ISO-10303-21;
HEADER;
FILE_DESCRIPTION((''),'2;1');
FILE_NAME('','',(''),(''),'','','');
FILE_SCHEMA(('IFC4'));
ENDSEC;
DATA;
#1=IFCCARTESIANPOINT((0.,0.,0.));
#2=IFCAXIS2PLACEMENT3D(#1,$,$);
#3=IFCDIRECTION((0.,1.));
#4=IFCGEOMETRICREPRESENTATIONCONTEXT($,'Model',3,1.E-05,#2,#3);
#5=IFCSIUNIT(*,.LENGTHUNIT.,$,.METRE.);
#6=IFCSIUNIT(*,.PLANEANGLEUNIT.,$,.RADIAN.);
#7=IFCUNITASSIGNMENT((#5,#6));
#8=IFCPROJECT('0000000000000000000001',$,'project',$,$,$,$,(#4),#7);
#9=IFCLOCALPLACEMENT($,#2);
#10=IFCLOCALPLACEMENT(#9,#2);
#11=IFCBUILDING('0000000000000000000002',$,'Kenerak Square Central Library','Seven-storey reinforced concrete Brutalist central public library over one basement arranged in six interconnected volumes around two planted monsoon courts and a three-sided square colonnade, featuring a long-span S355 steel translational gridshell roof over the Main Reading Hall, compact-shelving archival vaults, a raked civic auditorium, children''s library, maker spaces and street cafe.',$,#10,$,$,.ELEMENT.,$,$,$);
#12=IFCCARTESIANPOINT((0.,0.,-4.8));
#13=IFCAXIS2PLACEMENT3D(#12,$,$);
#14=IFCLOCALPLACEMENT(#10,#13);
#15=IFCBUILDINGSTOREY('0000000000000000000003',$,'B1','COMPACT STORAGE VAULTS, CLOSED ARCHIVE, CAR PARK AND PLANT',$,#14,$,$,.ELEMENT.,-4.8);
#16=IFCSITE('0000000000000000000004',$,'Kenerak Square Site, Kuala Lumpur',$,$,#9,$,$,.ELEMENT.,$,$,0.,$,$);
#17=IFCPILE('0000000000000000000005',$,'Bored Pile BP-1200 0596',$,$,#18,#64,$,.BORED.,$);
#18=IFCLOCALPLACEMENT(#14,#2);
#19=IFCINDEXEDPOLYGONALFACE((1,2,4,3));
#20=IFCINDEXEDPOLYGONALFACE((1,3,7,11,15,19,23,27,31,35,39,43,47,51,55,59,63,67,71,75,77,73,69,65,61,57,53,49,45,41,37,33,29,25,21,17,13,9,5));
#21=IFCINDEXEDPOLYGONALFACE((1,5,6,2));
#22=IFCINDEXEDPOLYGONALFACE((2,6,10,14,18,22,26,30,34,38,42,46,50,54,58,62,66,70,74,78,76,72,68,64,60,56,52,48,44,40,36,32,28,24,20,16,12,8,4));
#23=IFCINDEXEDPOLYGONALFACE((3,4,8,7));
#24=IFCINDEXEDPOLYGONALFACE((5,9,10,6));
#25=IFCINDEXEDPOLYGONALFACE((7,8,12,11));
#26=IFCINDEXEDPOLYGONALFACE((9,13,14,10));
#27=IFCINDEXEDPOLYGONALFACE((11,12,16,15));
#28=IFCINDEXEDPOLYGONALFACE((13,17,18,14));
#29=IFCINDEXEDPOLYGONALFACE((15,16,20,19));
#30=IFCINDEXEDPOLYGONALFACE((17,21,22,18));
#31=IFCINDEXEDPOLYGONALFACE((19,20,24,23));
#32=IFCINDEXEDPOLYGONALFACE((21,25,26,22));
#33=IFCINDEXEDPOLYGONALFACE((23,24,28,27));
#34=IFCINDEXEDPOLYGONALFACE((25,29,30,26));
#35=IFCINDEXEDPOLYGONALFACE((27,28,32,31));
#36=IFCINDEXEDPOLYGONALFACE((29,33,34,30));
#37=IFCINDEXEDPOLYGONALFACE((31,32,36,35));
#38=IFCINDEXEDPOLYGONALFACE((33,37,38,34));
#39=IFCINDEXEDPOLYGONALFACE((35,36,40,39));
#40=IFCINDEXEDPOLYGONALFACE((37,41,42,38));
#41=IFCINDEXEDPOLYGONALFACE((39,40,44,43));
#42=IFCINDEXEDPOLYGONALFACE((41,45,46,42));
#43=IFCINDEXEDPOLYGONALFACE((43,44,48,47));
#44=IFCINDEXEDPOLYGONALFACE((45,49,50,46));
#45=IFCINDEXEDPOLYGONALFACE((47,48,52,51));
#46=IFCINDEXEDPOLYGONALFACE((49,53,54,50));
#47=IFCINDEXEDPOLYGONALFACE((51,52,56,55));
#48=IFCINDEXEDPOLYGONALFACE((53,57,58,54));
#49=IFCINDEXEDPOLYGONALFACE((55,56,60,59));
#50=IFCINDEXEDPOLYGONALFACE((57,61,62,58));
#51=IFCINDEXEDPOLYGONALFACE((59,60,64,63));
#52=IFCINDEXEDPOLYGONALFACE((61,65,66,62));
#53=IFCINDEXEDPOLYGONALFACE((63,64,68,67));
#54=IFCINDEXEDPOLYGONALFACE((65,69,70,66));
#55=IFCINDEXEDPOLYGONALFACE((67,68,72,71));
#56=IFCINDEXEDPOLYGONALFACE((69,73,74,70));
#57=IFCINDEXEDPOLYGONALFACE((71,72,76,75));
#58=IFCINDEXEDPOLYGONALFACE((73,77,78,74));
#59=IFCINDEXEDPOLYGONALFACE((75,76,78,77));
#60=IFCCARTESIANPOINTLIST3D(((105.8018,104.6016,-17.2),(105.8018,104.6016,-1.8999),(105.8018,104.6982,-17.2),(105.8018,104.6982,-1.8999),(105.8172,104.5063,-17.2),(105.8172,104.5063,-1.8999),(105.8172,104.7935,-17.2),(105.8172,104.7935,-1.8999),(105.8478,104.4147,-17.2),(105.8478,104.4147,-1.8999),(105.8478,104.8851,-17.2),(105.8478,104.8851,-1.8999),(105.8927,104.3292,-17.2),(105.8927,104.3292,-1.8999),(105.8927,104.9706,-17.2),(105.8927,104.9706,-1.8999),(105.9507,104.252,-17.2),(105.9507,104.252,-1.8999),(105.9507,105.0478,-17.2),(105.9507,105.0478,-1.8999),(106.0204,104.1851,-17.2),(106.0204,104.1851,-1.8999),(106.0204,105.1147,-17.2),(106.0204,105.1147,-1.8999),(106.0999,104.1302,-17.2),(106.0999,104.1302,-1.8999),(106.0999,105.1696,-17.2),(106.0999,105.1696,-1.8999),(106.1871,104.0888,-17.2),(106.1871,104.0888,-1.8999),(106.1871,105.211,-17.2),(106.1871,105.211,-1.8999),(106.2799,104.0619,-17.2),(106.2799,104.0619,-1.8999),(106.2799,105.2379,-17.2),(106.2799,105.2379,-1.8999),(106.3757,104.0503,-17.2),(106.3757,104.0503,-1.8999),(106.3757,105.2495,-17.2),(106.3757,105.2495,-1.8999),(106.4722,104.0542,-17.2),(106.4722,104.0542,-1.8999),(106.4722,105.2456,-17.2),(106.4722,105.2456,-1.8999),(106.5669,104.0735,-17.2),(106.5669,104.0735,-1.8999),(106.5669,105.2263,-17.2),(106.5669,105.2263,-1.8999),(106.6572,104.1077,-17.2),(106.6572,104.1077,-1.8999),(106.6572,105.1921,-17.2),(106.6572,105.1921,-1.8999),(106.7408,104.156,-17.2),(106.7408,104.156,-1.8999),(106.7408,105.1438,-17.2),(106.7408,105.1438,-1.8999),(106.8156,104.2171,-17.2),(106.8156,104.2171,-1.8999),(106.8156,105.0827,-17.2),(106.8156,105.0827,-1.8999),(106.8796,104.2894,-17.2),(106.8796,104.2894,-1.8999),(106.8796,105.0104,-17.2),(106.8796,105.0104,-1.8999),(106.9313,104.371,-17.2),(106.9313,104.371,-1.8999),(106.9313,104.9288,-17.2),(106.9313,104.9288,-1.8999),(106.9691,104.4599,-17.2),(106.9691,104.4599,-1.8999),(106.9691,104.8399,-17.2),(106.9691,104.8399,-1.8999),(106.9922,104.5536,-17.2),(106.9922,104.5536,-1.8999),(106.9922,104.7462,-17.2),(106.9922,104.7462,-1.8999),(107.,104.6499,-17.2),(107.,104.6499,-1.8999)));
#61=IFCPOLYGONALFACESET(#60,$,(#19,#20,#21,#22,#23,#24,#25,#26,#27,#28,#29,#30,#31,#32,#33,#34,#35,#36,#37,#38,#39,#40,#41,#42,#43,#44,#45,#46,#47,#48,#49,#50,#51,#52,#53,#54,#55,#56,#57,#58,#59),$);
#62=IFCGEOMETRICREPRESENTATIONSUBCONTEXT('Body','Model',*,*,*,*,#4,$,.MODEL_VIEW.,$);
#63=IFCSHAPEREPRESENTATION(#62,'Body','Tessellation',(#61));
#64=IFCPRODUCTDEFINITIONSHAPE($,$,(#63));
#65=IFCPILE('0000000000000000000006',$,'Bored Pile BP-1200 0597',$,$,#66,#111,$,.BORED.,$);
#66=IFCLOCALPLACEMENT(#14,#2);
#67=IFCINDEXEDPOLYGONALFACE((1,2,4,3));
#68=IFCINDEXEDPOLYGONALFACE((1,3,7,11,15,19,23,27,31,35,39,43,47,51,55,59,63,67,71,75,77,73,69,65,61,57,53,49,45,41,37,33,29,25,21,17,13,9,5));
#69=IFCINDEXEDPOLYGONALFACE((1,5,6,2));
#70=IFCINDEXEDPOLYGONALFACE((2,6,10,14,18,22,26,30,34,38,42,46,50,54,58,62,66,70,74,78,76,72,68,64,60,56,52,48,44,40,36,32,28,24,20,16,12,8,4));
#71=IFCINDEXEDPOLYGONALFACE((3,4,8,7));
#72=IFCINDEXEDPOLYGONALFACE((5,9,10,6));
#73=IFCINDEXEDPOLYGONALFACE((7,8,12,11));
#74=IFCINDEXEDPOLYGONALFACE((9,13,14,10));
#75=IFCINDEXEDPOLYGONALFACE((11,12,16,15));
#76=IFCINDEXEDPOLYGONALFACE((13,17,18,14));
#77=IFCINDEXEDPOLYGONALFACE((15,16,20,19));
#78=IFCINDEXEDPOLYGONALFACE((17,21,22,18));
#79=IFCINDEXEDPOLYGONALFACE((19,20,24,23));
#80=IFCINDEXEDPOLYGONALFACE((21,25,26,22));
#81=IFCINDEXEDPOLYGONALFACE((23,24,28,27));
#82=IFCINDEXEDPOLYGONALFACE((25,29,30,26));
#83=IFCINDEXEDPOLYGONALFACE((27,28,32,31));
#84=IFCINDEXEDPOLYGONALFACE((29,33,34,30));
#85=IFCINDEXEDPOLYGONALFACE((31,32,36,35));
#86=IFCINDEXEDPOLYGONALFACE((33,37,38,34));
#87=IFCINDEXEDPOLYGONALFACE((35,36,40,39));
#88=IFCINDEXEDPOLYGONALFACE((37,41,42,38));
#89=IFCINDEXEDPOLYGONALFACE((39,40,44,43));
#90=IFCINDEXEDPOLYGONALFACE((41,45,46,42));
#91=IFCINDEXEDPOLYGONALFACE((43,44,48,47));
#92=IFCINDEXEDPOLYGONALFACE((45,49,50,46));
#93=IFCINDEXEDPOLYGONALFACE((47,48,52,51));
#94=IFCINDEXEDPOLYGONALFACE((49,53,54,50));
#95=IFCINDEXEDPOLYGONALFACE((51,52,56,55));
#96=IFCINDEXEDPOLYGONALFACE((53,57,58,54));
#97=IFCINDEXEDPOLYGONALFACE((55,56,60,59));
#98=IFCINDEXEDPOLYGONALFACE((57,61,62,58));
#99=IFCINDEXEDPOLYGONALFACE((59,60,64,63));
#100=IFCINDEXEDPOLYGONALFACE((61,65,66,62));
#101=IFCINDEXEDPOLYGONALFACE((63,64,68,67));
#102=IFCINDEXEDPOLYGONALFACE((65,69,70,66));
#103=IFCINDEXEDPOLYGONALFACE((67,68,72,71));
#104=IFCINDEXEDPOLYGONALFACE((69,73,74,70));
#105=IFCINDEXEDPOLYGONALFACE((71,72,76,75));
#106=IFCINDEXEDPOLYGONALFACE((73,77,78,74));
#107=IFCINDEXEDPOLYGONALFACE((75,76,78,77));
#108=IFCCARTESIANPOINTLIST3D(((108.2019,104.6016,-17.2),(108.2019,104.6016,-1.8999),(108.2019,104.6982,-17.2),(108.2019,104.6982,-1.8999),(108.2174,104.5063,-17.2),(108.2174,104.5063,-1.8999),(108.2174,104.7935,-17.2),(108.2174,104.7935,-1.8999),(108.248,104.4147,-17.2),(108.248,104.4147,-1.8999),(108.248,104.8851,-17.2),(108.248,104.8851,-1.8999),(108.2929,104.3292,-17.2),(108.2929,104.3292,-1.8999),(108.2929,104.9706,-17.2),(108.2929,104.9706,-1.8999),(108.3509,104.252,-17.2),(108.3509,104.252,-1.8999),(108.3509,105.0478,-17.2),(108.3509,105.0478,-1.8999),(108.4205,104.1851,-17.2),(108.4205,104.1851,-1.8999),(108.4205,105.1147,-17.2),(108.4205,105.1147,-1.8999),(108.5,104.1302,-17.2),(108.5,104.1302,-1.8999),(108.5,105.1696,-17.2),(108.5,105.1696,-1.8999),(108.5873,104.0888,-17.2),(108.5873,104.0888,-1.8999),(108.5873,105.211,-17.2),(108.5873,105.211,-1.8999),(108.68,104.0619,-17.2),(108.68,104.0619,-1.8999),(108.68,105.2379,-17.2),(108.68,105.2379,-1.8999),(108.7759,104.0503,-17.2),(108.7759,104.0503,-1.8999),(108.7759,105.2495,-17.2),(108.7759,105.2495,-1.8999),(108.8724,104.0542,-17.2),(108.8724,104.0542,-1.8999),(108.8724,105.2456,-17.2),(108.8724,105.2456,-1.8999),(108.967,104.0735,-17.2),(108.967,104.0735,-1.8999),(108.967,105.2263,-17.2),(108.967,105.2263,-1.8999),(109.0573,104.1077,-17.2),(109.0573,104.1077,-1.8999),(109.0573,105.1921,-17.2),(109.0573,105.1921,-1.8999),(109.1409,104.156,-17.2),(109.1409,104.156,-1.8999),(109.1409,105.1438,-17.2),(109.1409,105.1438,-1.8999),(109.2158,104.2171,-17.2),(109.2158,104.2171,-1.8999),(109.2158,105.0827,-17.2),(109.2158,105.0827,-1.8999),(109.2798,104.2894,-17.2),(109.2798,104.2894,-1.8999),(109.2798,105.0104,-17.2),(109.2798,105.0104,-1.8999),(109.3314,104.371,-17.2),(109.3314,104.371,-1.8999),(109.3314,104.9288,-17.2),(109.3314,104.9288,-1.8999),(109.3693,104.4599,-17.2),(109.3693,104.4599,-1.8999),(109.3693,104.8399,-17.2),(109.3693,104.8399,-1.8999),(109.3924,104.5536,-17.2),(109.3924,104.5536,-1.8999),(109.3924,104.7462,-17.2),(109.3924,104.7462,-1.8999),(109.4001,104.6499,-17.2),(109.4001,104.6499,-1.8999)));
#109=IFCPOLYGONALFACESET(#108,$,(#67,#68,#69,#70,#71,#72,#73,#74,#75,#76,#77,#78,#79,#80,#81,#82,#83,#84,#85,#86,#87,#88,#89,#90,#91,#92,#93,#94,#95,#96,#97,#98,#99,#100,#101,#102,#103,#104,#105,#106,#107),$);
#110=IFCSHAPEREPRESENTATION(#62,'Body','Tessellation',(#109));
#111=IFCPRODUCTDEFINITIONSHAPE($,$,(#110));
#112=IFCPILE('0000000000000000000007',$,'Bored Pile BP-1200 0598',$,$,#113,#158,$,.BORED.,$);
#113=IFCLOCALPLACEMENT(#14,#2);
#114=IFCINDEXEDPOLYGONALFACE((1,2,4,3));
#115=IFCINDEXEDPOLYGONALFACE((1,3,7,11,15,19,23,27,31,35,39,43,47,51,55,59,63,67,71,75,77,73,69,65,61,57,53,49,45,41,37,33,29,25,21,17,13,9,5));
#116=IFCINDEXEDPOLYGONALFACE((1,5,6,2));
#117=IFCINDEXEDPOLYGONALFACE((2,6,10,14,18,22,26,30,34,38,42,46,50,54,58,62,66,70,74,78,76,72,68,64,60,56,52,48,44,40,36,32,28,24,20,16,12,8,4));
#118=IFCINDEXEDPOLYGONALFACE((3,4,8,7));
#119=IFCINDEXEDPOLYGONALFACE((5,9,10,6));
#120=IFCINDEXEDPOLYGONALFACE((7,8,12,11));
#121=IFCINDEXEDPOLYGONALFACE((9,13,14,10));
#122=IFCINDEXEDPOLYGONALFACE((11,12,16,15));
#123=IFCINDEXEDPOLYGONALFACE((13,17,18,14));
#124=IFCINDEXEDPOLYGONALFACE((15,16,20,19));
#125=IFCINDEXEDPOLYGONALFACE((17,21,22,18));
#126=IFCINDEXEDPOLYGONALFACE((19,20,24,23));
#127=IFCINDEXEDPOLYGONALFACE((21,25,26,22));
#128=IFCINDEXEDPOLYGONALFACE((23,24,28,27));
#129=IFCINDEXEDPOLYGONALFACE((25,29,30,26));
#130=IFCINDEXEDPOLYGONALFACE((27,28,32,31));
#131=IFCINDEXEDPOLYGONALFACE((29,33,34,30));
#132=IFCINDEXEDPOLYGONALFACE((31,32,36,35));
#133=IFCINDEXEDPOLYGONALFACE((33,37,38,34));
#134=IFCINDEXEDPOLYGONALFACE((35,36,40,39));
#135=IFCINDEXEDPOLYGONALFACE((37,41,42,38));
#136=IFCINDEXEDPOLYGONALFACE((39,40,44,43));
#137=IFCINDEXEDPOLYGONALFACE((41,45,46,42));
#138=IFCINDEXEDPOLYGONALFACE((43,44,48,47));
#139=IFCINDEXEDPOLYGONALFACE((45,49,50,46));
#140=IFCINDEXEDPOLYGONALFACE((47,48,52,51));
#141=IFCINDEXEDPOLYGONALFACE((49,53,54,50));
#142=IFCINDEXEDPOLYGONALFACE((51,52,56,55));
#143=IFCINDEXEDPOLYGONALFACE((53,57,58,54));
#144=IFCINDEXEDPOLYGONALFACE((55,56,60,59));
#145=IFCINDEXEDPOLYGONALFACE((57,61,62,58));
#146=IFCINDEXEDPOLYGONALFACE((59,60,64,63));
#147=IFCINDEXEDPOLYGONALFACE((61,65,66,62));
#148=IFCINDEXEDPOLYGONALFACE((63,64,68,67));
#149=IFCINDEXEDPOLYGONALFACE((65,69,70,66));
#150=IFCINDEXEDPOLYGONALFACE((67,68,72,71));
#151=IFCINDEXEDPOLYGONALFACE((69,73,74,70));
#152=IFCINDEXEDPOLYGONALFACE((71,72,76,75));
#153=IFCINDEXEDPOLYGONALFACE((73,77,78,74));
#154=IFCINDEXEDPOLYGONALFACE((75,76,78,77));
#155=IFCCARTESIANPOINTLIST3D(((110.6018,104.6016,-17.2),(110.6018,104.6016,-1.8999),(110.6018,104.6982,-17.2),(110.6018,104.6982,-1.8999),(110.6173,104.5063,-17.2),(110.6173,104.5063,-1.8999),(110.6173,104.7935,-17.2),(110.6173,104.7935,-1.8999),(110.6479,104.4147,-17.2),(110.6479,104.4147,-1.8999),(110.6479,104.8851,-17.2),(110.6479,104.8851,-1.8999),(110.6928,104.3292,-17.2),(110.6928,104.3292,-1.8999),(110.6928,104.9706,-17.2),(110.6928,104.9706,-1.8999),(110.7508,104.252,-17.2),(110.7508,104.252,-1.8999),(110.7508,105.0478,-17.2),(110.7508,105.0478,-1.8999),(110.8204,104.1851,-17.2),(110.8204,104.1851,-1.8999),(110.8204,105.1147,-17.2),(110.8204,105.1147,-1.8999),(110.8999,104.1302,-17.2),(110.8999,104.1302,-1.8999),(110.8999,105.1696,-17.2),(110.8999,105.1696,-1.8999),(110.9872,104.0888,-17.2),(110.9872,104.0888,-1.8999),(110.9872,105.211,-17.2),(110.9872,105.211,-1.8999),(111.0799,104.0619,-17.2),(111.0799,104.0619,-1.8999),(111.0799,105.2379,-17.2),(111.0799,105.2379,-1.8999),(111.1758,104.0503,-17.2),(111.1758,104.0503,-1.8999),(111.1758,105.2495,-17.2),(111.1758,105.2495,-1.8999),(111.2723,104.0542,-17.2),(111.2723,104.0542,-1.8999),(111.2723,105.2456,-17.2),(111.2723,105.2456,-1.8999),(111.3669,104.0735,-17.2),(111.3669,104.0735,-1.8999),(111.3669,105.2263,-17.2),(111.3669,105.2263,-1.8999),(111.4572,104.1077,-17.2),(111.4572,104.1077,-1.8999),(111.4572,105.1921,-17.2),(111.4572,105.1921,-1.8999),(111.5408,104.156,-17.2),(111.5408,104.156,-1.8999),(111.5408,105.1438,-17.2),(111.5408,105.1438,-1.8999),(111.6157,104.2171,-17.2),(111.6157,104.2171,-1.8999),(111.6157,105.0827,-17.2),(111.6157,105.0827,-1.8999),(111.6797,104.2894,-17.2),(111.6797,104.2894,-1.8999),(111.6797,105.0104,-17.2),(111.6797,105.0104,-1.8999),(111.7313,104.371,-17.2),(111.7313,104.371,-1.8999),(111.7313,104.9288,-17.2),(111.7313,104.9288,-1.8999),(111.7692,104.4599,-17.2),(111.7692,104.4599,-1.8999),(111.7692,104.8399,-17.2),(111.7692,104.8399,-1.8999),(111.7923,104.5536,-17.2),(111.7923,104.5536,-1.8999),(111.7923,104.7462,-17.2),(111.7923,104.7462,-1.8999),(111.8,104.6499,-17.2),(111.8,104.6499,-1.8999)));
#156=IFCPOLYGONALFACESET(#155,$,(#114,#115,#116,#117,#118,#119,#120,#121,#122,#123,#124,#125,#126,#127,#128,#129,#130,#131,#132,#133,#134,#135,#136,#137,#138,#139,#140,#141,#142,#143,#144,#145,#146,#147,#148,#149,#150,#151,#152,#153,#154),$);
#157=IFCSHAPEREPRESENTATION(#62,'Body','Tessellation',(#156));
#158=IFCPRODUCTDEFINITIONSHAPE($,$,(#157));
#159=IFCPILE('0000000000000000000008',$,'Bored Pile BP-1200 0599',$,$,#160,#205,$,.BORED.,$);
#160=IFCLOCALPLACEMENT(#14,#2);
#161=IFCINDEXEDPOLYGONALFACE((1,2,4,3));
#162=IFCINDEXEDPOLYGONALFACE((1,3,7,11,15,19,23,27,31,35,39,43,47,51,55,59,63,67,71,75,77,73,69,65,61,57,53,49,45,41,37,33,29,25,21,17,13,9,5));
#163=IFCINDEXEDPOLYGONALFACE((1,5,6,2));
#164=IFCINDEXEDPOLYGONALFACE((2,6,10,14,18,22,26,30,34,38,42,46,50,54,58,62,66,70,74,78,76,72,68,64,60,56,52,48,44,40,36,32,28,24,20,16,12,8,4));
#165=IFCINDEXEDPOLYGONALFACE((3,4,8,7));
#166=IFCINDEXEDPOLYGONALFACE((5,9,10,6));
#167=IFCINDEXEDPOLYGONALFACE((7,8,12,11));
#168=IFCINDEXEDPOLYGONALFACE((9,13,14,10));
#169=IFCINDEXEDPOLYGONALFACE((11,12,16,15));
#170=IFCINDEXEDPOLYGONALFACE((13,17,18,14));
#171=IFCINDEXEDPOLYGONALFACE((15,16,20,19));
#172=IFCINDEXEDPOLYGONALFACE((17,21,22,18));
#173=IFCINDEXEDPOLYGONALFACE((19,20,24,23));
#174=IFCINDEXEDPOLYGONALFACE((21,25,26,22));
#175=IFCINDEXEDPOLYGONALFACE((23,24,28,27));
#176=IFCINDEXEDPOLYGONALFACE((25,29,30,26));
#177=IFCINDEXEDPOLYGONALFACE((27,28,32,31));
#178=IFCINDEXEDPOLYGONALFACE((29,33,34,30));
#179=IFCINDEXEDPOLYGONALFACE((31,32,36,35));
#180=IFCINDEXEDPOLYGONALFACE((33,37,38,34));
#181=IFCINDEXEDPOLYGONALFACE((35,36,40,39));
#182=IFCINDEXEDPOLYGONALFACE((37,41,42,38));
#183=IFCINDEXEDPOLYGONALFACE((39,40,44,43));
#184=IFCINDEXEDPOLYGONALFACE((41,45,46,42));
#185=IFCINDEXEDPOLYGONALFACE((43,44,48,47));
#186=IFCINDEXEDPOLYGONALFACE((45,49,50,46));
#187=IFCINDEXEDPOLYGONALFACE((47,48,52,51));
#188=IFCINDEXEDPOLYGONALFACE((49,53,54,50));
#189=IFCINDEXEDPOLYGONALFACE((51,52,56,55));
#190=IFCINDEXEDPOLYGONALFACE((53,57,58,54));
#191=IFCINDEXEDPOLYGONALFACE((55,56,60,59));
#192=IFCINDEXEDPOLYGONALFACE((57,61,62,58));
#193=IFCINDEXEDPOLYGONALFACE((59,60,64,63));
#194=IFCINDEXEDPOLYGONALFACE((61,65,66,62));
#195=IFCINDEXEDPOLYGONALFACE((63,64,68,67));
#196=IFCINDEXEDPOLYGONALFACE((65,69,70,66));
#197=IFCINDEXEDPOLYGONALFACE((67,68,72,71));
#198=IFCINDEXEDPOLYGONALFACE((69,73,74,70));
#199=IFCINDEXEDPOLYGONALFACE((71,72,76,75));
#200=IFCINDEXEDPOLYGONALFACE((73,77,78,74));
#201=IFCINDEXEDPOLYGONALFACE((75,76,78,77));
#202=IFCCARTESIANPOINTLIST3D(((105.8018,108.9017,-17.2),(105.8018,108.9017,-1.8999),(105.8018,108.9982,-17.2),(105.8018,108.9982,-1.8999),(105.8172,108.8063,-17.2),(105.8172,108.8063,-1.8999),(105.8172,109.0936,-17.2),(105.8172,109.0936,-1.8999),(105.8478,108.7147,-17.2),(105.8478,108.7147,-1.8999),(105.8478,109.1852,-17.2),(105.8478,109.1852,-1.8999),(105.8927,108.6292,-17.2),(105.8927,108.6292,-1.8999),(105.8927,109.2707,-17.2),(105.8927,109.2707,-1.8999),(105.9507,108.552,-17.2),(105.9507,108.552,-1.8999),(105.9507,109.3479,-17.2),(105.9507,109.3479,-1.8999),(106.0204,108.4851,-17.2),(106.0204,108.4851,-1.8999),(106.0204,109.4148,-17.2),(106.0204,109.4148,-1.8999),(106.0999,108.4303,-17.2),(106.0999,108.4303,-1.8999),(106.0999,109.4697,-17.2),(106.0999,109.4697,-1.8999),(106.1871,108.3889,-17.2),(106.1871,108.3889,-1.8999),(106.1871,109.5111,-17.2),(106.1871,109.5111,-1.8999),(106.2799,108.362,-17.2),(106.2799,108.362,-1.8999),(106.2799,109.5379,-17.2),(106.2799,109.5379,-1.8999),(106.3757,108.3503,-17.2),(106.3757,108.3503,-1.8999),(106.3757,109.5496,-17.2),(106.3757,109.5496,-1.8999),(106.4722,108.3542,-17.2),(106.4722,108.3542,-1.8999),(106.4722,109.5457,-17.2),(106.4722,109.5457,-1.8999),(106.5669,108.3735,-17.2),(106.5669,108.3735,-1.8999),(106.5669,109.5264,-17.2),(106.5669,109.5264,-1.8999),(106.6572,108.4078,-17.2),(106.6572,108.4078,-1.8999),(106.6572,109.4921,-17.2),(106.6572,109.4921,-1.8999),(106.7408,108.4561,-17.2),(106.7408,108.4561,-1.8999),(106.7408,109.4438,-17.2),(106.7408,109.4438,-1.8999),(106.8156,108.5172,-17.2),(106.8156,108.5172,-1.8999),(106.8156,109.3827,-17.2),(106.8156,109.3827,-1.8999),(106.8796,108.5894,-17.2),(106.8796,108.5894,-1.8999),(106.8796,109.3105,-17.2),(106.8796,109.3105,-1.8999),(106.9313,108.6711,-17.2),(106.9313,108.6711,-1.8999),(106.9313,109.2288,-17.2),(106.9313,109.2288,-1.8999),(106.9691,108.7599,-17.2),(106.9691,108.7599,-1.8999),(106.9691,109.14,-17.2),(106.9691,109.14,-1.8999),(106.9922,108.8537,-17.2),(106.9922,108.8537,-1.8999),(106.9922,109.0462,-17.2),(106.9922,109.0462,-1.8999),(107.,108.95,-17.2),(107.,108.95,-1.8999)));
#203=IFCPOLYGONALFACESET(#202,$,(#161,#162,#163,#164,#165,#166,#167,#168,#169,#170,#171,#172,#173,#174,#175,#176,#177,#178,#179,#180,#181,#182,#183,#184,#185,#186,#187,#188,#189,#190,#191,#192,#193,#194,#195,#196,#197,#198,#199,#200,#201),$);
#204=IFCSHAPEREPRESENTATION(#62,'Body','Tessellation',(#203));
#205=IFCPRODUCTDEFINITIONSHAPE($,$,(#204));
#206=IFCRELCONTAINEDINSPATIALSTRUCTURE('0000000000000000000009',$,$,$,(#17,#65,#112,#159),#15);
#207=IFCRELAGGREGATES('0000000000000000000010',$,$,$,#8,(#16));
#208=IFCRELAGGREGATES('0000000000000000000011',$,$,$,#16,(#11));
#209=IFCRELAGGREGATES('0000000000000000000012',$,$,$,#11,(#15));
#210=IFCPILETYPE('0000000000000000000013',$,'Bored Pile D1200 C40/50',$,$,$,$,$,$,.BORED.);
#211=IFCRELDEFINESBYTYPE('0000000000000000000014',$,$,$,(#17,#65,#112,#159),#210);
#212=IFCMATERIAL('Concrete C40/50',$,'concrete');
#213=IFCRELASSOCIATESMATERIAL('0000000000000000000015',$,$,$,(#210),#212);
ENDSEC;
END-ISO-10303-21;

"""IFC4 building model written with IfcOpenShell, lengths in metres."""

from ifc_helpers import new_model, si_unit, direction, frame, origin, origin_2d, place, context, subcontext, project, spatial, circle, extrude, material, material_profile, profile_set, type_object, element, save


model = new_model("IFC4")

# Units and contexts
model_context = context("Model", 3, precision=1e-05, world=origin(), true_north=direction((0.0, 1.0)))
body_context = subcontext(model_context, "Body", "Model", "MODEL_VIEW")
ifc_project = project(units=[si_unit("LENGTHUNIT", "METRE"), si_unit("PLANEANGLEUNIT", "RADIAN")], contexts=[model_context])

# Site, building, storey
site_placement = place(None, origin())
site = spatial("IfcSite", under=ifc_project, at=site_placement, Name="Kenerak Square Site, Kuala Lumpur", CompositionType="ELEMENT", RefElevation=0.0)
building_placement = place(site_placement, origin())
building = spatial("IfcBuilding", under=site, at=building_placement, Name="Kenerak Square Central Library", Description="Seven-storey reinforced concrete Brutalist central public library over one basement arranged in six interconnected volumes around two planted monsoon courts and a three-sided square colonnade, featuring a long-span S355 steel translational gridshell roof over the Main Reading Hall, compact-shelving archival vaults, a raked civic auditorium, children's library, maker spaces and street cafe.", CompositionType="ELEMENT")
storey_placement = place(building_placement, frame((0.0, 0.0, -4.8)))
storey = spatial("IfcBuildingStorey", under=building, at=storey_placement, Name="B1", Description="COMPACT STORAGE VAULTS, CLOSED ARCHIVE, CAR PARK AND PLANT", CompositionType="ELEMENT", Elevation=-4.8)

# Piles
ifc_material_1 = material(Name="Concrete C40/50", Category="concrete")
ifc_material_profile_1 = material_profile(ifc_material_1, circle(Radius=0.6001, at=origin_2d()), Name="BP D1200")
ifc_profile_set_1 = profile_set([ifc_material_profile_1], Name="Concrete C40/50")
pile_type_1 = type_object("IfcPileType", Name="Bored Pile D1200 C40/50", PredefinedType="BORED", material=ifc_profile_set_1)
for number, where, z_axis, x_axis, name in (
    (1, (106.3999, 104.6499, -1.8999), (0.0, 0.0, -1.0), (1.0, 0.0, 0.0), "Bored Pile BP-1200 0596"),
    (2, (108.8, 104.6499, -1.8999), (0.0, 0.0, -1.0), (1.0, 0.0, 0.0), "Bored Pile BP-1200 0597"),
    (3, (111.2, 104.6499, -1.8999), (0.0, 0.0, -1.0), (1.0, 0.0, 0.0), "Bored Pile BP-1200 0598"),
    (4, (106.3999, 108.95, -1.8999), (0.0, 0.0, -1.0), (1.0, 0.0, 0.0), "Bored Pile BP-1200 0599"),
):
    element("IfcPile", number, at=place(storey_placement, frame(where, z_axis=z_axis, x_axis=x_axis)), inside=storey, type_object=pile_type_1, Name=name, PredefinedType="BORED", context=body_context, shape_type="SweptSolid", body=[
        extrude(circle(Radius=0.6001, at=origin_2d()), origin(), (0.0, 0.0, 1.0), 15.3),
    ])

save(model, "model.ifc")
